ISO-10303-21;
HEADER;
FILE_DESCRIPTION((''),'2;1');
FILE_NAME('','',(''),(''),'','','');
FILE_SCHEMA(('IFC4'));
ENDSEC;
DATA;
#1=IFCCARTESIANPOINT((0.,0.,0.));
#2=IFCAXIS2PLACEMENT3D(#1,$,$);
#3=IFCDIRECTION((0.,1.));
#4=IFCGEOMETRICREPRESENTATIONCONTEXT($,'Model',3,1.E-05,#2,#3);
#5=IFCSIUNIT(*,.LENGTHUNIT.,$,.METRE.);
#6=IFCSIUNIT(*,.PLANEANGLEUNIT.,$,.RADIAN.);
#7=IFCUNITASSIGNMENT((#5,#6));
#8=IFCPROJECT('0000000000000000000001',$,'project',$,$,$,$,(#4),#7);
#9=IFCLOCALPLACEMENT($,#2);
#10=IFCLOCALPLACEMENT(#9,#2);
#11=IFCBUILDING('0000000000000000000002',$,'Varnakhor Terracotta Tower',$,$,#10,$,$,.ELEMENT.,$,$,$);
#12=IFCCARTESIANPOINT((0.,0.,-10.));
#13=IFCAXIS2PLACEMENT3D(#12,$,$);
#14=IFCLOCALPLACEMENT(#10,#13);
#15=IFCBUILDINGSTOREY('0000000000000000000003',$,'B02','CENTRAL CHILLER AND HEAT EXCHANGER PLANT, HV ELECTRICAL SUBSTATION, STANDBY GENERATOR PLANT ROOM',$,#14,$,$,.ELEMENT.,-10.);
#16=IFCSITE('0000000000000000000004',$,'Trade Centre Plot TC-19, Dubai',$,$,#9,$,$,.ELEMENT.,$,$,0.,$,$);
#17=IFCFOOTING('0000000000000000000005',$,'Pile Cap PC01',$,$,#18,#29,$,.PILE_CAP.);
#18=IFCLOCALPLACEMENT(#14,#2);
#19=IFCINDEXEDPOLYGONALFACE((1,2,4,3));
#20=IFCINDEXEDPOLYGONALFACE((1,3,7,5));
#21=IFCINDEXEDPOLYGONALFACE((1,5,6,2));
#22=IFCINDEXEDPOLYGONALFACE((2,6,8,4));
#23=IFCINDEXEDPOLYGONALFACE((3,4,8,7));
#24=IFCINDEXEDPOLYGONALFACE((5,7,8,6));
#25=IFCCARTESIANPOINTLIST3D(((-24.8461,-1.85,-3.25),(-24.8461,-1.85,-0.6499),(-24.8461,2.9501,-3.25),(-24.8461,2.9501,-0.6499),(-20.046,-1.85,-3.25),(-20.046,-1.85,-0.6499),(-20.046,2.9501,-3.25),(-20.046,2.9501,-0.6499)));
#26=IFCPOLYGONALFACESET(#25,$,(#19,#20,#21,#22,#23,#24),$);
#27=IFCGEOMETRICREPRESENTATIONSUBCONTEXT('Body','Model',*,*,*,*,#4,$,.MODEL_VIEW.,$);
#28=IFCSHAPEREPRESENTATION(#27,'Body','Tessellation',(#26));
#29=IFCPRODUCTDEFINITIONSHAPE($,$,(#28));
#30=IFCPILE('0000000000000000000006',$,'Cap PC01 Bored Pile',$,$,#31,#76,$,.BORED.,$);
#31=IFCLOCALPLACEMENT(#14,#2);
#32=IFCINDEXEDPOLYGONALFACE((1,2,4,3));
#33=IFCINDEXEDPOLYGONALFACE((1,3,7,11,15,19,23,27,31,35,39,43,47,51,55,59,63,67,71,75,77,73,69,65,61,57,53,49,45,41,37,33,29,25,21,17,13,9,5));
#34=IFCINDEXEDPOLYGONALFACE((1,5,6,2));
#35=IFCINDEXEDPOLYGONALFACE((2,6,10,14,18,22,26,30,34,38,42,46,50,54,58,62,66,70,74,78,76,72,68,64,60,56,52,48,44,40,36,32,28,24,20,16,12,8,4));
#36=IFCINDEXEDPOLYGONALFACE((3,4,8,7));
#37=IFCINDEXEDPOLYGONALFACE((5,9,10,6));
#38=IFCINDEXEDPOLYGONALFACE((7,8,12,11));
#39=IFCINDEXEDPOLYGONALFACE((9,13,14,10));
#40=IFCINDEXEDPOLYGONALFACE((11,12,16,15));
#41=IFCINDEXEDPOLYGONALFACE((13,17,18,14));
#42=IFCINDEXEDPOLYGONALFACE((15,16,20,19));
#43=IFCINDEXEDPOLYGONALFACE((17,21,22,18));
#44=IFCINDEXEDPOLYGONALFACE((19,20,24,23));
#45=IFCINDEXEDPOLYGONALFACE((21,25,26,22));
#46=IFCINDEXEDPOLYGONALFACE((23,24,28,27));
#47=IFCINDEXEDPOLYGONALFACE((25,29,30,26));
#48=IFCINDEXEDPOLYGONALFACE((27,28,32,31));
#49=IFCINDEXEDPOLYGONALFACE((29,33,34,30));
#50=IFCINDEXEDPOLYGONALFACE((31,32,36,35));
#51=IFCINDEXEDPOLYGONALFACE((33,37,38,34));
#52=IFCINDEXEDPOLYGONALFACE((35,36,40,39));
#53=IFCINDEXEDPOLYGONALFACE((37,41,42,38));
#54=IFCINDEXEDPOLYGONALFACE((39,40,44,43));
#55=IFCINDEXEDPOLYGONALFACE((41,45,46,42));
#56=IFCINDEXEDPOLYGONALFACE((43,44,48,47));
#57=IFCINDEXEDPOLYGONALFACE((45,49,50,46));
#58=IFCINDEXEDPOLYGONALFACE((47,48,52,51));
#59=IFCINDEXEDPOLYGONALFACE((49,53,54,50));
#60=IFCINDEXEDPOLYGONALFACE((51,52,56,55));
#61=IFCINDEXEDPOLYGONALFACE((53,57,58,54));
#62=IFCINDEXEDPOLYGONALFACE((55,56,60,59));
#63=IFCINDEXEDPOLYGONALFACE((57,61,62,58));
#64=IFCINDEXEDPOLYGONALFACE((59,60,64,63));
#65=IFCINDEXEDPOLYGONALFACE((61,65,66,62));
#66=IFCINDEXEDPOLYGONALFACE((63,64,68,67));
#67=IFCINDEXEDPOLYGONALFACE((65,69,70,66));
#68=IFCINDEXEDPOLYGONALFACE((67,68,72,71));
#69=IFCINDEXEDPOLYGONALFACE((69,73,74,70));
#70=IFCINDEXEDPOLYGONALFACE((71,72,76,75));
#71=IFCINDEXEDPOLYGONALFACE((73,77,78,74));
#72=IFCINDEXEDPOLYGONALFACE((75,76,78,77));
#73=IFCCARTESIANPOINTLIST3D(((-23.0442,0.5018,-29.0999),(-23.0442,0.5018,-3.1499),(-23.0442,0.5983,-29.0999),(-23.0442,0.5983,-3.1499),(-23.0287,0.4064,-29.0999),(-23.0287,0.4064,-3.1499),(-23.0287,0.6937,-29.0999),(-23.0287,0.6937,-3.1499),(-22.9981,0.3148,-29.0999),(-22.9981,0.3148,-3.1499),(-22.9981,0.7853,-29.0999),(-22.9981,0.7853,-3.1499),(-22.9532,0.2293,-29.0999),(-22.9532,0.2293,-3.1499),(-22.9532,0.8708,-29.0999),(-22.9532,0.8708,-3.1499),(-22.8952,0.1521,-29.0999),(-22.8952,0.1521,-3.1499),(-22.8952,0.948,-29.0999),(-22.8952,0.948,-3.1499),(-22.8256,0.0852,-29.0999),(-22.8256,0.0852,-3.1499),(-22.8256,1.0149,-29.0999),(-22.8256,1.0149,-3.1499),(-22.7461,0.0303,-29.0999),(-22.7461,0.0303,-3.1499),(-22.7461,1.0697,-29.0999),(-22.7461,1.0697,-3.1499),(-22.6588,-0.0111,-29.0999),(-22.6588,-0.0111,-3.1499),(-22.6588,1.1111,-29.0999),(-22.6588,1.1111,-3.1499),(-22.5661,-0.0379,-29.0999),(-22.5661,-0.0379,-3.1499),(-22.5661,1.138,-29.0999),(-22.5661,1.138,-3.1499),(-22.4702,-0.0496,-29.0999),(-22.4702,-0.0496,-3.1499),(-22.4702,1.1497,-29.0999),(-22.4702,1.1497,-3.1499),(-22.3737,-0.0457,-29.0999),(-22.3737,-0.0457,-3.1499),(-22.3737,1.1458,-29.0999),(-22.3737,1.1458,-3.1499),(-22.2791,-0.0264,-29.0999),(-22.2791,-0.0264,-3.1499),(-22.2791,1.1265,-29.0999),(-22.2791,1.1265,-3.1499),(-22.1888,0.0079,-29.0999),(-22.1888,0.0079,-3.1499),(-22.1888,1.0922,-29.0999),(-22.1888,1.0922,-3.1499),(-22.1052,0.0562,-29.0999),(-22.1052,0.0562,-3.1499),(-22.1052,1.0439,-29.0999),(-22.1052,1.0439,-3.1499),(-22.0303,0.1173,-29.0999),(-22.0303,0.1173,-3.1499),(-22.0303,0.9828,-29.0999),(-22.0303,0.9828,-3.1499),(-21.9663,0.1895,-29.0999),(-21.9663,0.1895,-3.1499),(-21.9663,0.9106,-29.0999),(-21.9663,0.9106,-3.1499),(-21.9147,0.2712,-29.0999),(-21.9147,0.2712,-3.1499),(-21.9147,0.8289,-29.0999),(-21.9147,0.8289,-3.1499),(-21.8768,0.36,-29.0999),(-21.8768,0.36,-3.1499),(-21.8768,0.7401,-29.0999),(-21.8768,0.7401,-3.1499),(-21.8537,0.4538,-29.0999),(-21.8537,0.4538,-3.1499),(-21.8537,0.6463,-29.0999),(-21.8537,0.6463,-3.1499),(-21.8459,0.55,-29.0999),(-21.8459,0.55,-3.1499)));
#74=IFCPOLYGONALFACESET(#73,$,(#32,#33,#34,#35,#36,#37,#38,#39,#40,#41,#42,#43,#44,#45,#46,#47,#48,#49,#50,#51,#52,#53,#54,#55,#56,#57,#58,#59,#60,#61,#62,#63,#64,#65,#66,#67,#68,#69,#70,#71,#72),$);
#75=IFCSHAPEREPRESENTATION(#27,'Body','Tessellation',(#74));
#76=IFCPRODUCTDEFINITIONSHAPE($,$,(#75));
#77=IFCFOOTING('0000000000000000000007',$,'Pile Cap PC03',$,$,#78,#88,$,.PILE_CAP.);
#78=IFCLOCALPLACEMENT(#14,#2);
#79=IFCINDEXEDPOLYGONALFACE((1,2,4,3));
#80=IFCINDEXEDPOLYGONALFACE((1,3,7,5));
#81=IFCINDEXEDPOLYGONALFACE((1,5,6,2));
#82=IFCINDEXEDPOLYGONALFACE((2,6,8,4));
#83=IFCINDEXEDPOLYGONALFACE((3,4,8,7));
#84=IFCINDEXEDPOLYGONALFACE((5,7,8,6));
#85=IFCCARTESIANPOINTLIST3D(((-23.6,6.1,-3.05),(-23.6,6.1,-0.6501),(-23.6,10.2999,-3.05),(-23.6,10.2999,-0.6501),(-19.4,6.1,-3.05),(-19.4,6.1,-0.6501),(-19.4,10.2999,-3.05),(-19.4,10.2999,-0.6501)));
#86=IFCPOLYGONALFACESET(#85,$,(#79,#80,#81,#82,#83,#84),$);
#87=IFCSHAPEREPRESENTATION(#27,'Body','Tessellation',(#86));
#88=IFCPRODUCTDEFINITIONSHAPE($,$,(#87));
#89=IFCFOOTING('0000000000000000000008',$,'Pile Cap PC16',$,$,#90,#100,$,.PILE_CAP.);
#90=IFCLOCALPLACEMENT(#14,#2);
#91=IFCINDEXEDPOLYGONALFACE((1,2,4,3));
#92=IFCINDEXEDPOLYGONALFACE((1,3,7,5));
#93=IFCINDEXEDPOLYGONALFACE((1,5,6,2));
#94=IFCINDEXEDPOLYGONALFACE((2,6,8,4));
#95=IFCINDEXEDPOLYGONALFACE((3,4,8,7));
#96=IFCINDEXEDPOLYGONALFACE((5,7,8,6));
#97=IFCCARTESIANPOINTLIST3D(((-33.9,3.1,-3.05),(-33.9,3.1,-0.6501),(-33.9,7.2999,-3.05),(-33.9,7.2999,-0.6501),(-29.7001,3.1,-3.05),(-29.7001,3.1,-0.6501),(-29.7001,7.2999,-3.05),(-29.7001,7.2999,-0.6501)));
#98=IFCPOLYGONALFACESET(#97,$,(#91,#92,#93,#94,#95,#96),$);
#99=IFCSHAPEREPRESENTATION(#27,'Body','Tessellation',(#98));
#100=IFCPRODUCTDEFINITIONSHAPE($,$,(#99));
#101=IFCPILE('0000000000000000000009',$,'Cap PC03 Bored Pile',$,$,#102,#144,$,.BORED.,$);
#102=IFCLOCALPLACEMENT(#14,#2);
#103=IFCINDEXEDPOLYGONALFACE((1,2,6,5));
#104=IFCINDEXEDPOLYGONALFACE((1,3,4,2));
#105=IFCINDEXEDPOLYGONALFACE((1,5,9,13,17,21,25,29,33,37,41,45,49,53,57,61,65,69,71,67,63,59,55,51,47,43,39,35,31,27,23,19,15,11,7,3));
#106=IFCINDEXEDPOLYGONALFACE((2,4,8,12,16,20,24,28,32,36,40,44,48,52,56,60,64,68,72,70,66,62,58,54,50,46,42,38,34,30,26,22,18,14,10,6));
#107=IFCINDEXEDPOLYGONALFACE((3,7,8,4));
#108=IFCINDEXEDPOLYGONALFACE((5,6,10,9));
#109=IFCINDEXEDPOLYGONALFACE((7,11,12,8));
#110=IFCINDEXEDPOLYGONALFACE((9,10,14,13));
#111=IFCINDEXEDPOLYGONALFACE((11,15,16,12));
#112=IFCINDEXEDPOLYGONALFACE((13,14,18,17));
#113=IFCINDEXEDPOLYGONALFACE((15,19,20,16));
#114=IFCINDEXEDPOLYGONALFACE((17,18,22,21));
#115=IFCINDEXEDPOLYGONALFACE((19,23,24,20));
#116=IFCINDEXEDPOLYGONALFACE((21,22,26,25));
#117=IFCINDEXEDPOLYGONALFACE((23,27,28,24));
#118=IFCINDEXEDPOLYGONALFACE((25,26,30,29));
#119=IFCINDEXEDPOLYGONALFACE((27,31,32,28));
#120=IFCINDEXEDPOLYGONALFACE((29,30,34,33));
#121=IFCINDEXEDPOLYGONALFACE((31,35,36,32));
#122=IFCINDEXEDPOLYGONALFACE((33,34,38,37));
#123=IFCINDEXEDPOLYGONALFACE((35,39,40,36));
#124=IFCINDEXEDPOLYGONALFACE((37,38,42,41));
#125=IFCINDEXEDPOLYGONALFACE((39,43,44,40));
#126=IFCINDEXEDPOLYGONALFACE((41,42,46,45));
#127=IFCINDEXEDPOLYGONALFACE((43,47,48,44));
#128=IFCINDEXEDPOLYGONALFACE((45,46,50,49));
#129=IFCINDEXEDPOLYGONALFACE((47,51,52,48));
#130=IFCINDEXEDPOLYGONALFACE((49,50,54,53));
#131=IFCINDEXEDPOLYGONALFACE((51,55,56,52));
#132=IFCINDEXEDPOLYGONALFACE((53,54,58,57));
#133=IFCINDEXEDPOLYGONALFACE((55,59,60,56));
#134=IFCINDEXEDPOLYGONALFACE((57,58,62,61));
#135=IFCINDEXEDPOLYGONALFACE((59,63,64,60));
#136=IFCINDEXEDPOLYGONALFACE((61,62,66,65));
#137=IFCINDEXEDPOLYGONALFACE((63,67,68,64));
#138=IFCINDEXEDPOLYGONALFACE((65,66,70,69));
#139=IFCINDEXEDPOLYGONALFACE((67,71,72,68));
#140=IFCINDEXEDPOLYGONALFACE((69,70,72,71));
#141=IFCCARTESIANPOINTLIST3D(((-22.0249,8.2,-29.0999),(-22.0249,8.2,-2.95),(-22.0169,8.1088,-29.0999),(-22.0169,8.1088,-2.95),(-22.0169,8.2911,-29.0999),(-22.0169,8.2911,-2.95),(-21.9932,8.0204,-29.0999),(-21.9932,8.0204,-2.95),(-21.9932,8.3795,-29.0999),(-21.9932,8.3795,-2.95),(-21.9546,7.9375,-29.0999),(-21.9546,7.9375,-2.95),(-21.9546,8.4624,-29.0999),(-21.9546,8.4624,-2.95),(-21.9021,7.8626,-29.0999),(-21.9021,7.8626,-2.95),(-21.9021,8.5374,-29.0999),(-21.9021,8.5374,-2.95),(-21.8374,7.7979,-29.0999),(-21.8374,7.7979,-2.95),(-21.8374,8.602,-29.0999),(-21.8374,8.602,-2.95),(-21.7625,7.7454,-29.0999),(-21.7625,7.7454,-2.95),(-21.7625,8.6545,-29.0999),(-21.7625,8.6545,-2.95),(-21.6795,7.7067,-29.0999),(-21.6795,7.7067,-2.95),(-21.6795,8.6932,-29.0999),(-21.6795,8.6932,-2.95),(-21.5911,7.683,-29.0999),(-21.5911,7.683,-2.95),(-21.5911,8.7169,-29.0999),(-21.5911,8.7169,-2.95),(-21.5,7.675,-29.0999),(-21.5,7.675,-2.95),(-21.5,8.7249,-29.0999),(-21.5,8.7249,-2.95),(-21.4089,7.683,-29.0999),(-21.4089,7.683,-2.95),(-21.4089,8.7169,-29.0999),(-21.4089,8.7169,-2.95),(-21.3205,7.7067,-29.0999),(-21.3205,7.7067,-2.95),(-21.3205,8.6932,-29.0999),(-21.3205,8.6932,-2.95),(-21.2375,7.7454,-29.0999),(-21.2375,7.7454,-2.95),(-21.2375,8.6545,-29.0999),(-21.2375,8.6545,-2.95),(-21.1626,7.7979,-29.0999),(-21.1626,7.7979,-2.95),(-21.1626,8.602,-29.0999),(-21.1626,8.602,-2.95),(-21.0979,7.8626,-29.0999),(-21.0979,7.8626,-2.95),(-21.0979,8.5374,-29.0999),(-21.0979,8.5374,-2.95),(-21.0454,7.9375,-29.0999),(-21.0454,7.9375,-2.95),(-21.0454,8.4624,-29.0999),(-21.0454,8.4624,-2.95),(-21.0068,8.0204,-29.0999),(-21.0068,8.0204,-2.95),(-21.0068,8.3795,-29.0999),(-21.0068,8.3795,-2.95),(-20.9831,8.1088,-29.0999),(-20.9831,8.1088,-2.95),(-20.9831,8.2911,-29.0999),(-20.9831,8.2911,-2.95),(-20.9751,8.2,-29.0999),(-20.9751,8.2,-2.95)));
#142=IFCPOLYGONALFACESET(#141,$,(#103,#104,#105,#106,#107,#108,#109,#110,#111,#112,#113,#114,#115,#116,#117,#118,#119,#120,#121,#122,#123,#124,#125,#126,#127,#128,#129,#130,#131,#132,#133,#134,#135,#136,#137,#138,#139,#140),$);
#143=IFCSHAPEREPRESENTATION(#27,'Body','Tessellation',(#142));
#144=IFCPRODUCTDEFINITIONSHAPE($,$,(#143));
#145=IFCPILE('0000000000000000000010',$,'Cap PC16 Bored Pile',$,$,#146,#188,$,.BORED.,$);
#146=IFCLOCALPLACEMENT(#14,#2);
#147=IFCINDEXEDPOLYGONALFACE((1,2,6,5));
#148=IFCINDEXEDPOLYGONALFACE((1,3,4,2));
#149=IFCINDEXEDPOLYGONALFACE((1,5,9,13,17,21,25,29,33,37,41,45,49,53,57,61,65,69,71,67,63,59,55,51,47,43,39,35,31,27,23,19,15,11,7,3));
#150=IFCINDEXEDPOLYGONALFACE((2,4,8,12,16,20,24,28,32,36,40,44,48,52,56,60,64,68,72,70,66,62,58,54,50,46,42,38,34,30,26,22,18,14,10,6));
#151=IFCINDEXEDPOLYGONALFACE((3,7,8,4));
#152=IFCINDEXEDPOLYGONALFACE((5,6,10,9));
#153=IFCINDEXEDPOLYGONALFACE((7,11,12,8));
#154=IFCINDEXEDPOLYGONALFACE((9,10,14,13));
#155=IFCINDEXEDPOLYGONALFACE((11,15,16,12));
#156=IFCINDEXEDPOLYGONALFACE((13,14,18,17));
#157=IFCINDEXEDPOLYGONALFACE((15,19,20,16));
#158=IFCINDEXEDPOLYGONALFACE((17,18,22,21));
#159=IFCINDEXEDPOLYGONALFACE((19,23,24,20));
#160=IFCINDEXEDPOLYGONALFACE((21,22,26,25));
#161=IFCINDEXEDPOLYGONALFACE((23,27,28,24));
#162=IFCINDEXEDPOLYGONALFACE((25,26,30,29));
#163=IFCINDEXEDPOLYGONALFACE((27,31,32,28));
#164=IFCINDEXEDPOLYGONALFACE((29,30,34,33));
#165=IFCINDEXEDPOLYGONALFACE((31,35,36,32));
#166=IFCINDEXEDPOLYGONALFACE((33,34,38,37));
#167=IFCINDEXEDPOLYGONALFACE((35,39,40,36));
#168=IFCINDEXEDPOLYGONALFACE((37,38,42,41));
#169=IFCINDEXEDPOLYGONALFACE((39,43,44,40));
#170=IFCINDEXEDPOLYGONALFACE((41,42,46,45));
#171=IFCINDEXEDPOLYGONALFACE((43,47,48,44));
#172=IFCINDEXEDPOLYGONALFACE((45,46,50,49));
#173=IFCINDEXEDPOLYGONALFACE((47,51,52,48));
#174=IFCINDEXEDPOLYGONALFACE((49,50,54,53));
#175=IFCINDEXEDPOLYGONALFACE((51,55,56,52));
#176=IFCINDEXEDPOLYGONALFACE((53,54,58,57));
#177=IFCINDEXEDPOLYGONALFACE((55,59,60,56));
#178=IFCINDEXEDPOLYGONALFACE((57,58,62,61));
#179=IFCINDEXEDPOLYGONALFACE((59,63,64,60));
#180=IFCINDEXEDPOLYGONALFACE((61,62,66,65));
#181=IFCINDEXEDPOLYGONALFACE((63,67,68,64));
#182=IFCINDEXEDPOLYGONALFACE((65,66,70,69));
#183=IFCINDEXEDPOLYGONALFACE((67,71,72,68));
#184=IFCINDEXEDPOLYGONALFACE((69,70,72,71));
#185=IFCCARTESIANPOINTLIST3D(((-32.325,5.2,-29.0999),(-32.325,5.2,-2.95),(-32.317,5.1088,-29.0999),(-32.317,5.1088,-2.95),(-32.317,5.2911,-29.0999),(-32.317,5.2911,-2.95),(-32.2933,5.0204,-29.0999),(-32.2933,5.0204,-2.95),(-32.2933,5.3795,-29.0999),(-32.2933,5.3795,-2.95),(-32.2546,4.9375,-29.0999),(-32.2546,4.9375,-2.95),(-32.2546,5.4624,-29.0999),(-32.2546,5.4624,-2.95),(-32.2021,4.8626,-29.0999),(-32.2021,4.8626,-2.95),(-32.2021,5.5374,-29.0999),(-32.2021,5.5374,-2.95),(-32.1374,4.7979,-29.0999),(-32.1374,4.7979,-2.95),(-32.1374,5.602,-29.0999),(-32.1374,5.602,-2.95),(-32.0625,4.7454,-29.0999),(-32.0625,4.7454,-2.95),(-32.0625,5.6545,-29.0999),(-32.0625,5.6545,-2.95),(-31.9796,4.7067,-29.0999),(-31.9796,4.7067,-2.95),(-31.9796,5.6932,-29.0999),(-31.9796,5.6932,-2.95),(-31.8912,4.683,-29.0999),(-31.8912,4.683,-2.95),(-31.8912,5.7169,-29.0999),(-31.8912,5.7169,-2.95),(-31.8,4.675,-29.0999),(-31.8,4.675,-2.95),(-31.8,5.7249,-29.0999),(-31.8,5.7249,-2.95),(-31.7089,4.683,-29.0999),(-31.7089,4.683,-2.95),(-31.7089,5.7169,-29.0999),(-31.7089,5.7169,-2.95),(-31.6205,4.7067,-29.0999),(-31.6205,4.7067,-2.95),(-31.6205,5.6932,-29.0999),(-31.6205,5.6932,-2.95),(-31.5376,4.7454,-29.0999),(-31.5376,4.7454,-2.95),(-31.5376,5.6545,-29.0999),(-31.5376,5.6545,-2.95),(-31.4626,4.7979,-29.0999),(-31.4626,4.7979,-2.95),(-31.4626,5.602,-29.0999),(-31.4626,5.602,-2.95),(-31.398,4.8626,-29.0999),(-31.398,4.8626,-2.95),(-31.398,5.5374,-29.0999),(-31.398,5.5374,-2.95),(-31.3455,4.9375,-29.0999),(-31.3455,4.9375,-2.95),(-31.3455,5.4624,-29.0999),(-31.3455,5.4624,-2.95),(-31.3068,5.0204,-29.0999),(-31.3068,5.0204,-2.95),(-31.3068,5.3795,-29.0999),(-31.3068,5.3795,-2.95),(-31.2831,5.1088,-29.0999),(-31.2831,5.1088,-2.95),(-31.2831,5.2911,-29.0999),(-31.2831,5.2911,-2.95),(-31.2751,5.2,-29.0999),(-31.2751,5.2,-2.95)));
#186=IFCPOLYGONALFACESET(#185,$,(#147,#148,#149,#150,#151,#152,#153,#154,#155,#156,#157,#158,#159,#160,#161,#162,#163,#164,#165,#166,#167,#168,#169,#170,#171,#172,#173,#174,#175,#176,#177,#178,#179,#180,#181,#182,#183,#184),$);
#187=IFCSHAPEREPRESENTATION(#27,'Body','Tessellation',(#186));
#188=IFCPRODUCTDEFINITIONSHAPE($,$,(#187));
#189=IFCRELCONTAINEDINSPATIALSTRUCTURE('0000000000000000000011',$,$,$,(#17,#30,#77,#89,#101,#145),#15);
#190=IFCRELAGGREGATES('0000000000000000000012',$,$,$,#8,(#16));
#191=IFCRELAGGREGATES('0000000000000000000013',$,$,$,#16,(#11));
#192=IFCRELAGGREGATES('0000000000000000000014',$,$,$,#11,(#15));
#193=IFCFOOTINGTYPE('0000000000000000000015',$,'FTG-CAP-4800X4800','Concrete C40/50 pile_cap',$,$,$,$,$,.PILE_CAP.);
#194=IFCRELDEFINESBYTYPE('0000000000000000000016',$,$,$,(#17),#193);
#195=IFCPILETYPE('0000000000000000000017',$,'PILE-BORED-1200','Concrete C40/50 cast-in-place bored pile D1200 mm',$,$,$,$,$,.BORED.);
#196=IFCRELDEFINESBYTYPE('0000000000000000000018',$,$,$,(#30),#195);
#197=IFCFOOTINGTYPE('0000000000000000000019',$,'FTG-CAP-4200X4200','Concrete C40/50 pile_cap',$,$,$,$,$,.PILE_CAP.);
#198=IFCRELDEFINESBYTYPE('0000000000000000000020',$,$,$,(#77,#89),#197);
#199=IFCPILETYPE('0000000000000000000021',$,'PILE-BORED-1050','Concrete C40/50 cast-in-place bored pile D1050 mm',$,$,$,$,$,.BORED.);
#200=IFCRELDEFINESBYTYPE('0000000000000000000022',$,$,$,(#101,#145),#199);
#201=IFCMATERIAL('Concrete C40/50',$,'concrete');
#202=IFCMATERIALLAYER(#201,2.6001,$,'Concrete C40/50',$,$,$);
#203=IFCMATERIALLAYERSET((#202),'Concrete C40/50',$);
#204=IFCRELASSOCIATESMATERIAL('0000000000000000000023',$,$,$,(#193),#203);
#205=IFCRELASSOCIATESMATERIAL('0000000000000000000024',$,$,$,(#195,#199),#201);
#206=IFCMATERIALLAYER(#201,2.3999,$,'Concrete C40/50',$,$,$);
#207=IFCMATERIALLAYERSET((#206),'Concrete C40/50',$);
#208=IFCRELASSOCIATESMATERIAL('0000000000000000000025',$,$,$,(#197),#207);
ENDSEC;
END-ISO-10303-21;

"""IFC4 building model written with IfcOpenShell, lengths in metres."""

from ifc_helpers import new_model, si_unit, direction, frame, origin, origin_2d, place, context, subcontext, project, spatial, rectangle, circle, extrude, source, transform, mapped, material, layer, layer_set, material_profile, profile_set, type_object, type_shapes, element, save


model = new_model("IFC4")

# Units and contexts
model_context = context("Model", 3, precision=1e-05, world=origin(), true_north=direction((0.0, 1.0)))
body_context = subcontext(model_context, "Body", "Model", "MODEL_VIEW")
ifc_project = project(units=[si_unit("LENGTHUNIT", "METRE"), si_unit("PLANEANGLEUNIT", "RADIAN")], contexts=[model_context])

# Site, building, storey
site_placement = place(None, origin())
site = spatial("IfcSite", under=ifc_project, at=site_placement, Name="Trade Centre Plot TC-19, Dubai", CompositionType="ELEMENT", RefElevation=0.0)
building_placement = place(site_placement, origin())
building = spatial("IfcBuilding", under=site, at=building_placement, Name="Varnakhor Terracotta Tower", CompositionType="ELEMENT")
storey_placement = place(building_placement, frame((0.0, 0.0, -10.0)))
storey = spatial("IfcBuildingStorey", under=building, at=storey_placement, Name="B02", Description="CENTRAL CHILLER AND HEAT EXCHANGER PLANT, HV ELECTRICAL SUBSTATION, STANDBY GENERATOR PLANT ROOM", CompositionType="ELEMENT", Elevation=-10.0)

# Footing
ifc_material_1 = material(Name="Concrete C40/50", Category="concrete")
ifc_layer_1 = layer(ifc_material_1, 2.6001, Name="Concrete C40/50")
ifc_layer_set_1 = layer_set([ifc_layer_1], Name="Concrete C40/50")
footing_type_1 = type_object("IfcFootingType", Name="FTG-CAP-4800X4800", Description="Concrete C40/50 pile_cap", PredefinedType="PILE_CAP", material=ifc_layer_set_1)
shared_shape_1 = source(origin(), body_context, "Body", "SweptSolid", [
    extrude(rectangle(XDim=4.8, YDim=4.8, at=origin_2d()), origin(), (0.0, 0.0, 1.0), 2.6001),
])
type_shapes(footing_type_1, [shared_shape_1])
footing_1_placement = place(storey_placement, frame((-22.446, 0.55, -3.25), z_axis=(0.0, 0.0, 1.0), x_axis=(1.0, 0.0, 0.0)))
element("IfcFooting", 1, at=footing_1_placement, inside=storey, type_object=footing_type_1, Name="Pile Cap PC01", PredefinedType="PILE_CAP", context=body_context, shape_type="MappedRepresentation", body=[
    mapped(shared_shape_1, transform((0.0, 0.0, 0.0), scale=1.0)),
])

# Pile
ifc_material_profile_1 = material_profile(ifc_material_1, circle(Radius=0.6001, at=origin_2d()), Name="BORED PILE D1200")
ifc_profile_set_1 = profile_set([ifc_material_profile_1], Name="Concrete C40/50")
pile_type_1 = type_object("IfcPileType", Name="PILE-BORED-1200", Description="Concrete C40/50 cast-in-place bored pile D1200 mm", PredefinedType="BORED", material=ifc_profile_set_1)
shared_shape_2 = source(origin(), body_context, "Body", "SweptSolid", [
    extrude(circle(Radius=0.6001, at=origin_2d()), origin(), (0.0, 0.0, 1.0), 25.95),
])
type_shapes(pile_type_1, [shared_shape_2])
pile_placement = place(storey_placement, frame((-22.446, 0.55, -3.1499), z_axis=(0.0, 0.0, -1.0), x_axis=(1.0, 0.0, 0.0)))
element("IfcPile", 2, at=pile_placement, inside=storey, type_object=pile_type_1, Name="Cap PC01 Bored Pile", PredefinedType="BORED", context=body_context, shape_type="MappedRepresentation", body=[
    mapped(shared_shape_2, transform((0.0, 0.0, 0.0), scale=1.0)),
])

# Footings
ifc_layer_2 = layer(ifc_material_1, 2.3999, Name="Concrete C40/50")
ifc_layer_set_2 = layer_set([ifc_layer_2], Name="Concrete C40/50")
footing_type_2 = type_object("IfcFootingType", Name="FTG-CAP-4200X4200", Description="Concrete C40/50 pile_cap", PredefinedType="PILE_CAP", material=ifc_layer_set_2)
shared_shape_3 = source(origin(), body_context, "Body", "SweptSolid", [
    extrude(rectangle(XDim=4.2, YDim=4.2, at=origin_2d()), origin(), (0.0, 0.0, 1.0), 2.3999),
])
type_shapes(footing_type_2, [shared_shape_3])
for number, where, z_axis, x_axis, name in (
    (3, (-21.5, 8.2, -3.05), (0.0, 0.0, 1.0), (1.0, 0.0, 0.0), "Pile Cap PC03"),
    (4, (-31.8, 5.2, -3.05), (0.0, 0.0, 1.0), (1.0, 0.0, 0.0), "Pile Cap PC16"),
):
    element("IfcFooting", number, at=place(storey_placement, frame(where, z_axis=z_axis, x_axis=x_axis)), inside=storey, type_object=footing_type_2, Name=name, PredefinedType="PILE_CAP", context=body_context, shape_type="MappedRepresentation", body=[
        mapped(shared_shape_3, transform((0.0, 0.0, 0.0), scale=1.0)),
    ])

# Piles
ifc_material_profile_2 = material_profile(ifc_material_1, circle(Radius=0.5249, at=origin_2d()), Name="BORED PILE D1050")
ifc_profile_set_2 = profile_set([ifc_material_profile_2], Name="Concrete C40/50")
pile_type_2 = type_object("IfcPileType", Name="PILE-BORED-1050", Description="Concrete C40/50 cast-in-place bored pile D1050 mm", PredefinedType="BORED", material=ifc_profile_set_2)
shared_shape_4 = source(origin(), body_context, "Body", "SweptSolid", [
    extrude(circle(Radius=0.5249, at=origin_2d()), origin(), (0.0, 0.0, 1.0), 26.1499),
])
type_shapes(pile_type_2, [shared_shape_4])
for number, where, z_axis, x_axis, name in (
    (5, (-21.5, 8.2, -2.95), (0.0, 0.0, -1.0), (1.0, 0.0, 0.0), "Cap PC03 Bored Pile"),
    (6, (-31.8, 5.2, -2.95), (0.0, 0.0, -1.0), (1.0, 0.0, 0.0), "Cap PC16 Bored Pile"),
):
    element("IfcPile", number, at=place(storey_placement, frame(where, z_axis=z_axis, x_axis=x_axis)), inside=storey, type_object=pile_type_2, Name=name, PredefinedType="BORED", context=body_context, shape_type="MappedRepresentation", body=[
        mapped(shared_shape_4, transform((0.0, 0.0, 0.0), scale=1.0)),
    ])

save(model, "model.ifc")
